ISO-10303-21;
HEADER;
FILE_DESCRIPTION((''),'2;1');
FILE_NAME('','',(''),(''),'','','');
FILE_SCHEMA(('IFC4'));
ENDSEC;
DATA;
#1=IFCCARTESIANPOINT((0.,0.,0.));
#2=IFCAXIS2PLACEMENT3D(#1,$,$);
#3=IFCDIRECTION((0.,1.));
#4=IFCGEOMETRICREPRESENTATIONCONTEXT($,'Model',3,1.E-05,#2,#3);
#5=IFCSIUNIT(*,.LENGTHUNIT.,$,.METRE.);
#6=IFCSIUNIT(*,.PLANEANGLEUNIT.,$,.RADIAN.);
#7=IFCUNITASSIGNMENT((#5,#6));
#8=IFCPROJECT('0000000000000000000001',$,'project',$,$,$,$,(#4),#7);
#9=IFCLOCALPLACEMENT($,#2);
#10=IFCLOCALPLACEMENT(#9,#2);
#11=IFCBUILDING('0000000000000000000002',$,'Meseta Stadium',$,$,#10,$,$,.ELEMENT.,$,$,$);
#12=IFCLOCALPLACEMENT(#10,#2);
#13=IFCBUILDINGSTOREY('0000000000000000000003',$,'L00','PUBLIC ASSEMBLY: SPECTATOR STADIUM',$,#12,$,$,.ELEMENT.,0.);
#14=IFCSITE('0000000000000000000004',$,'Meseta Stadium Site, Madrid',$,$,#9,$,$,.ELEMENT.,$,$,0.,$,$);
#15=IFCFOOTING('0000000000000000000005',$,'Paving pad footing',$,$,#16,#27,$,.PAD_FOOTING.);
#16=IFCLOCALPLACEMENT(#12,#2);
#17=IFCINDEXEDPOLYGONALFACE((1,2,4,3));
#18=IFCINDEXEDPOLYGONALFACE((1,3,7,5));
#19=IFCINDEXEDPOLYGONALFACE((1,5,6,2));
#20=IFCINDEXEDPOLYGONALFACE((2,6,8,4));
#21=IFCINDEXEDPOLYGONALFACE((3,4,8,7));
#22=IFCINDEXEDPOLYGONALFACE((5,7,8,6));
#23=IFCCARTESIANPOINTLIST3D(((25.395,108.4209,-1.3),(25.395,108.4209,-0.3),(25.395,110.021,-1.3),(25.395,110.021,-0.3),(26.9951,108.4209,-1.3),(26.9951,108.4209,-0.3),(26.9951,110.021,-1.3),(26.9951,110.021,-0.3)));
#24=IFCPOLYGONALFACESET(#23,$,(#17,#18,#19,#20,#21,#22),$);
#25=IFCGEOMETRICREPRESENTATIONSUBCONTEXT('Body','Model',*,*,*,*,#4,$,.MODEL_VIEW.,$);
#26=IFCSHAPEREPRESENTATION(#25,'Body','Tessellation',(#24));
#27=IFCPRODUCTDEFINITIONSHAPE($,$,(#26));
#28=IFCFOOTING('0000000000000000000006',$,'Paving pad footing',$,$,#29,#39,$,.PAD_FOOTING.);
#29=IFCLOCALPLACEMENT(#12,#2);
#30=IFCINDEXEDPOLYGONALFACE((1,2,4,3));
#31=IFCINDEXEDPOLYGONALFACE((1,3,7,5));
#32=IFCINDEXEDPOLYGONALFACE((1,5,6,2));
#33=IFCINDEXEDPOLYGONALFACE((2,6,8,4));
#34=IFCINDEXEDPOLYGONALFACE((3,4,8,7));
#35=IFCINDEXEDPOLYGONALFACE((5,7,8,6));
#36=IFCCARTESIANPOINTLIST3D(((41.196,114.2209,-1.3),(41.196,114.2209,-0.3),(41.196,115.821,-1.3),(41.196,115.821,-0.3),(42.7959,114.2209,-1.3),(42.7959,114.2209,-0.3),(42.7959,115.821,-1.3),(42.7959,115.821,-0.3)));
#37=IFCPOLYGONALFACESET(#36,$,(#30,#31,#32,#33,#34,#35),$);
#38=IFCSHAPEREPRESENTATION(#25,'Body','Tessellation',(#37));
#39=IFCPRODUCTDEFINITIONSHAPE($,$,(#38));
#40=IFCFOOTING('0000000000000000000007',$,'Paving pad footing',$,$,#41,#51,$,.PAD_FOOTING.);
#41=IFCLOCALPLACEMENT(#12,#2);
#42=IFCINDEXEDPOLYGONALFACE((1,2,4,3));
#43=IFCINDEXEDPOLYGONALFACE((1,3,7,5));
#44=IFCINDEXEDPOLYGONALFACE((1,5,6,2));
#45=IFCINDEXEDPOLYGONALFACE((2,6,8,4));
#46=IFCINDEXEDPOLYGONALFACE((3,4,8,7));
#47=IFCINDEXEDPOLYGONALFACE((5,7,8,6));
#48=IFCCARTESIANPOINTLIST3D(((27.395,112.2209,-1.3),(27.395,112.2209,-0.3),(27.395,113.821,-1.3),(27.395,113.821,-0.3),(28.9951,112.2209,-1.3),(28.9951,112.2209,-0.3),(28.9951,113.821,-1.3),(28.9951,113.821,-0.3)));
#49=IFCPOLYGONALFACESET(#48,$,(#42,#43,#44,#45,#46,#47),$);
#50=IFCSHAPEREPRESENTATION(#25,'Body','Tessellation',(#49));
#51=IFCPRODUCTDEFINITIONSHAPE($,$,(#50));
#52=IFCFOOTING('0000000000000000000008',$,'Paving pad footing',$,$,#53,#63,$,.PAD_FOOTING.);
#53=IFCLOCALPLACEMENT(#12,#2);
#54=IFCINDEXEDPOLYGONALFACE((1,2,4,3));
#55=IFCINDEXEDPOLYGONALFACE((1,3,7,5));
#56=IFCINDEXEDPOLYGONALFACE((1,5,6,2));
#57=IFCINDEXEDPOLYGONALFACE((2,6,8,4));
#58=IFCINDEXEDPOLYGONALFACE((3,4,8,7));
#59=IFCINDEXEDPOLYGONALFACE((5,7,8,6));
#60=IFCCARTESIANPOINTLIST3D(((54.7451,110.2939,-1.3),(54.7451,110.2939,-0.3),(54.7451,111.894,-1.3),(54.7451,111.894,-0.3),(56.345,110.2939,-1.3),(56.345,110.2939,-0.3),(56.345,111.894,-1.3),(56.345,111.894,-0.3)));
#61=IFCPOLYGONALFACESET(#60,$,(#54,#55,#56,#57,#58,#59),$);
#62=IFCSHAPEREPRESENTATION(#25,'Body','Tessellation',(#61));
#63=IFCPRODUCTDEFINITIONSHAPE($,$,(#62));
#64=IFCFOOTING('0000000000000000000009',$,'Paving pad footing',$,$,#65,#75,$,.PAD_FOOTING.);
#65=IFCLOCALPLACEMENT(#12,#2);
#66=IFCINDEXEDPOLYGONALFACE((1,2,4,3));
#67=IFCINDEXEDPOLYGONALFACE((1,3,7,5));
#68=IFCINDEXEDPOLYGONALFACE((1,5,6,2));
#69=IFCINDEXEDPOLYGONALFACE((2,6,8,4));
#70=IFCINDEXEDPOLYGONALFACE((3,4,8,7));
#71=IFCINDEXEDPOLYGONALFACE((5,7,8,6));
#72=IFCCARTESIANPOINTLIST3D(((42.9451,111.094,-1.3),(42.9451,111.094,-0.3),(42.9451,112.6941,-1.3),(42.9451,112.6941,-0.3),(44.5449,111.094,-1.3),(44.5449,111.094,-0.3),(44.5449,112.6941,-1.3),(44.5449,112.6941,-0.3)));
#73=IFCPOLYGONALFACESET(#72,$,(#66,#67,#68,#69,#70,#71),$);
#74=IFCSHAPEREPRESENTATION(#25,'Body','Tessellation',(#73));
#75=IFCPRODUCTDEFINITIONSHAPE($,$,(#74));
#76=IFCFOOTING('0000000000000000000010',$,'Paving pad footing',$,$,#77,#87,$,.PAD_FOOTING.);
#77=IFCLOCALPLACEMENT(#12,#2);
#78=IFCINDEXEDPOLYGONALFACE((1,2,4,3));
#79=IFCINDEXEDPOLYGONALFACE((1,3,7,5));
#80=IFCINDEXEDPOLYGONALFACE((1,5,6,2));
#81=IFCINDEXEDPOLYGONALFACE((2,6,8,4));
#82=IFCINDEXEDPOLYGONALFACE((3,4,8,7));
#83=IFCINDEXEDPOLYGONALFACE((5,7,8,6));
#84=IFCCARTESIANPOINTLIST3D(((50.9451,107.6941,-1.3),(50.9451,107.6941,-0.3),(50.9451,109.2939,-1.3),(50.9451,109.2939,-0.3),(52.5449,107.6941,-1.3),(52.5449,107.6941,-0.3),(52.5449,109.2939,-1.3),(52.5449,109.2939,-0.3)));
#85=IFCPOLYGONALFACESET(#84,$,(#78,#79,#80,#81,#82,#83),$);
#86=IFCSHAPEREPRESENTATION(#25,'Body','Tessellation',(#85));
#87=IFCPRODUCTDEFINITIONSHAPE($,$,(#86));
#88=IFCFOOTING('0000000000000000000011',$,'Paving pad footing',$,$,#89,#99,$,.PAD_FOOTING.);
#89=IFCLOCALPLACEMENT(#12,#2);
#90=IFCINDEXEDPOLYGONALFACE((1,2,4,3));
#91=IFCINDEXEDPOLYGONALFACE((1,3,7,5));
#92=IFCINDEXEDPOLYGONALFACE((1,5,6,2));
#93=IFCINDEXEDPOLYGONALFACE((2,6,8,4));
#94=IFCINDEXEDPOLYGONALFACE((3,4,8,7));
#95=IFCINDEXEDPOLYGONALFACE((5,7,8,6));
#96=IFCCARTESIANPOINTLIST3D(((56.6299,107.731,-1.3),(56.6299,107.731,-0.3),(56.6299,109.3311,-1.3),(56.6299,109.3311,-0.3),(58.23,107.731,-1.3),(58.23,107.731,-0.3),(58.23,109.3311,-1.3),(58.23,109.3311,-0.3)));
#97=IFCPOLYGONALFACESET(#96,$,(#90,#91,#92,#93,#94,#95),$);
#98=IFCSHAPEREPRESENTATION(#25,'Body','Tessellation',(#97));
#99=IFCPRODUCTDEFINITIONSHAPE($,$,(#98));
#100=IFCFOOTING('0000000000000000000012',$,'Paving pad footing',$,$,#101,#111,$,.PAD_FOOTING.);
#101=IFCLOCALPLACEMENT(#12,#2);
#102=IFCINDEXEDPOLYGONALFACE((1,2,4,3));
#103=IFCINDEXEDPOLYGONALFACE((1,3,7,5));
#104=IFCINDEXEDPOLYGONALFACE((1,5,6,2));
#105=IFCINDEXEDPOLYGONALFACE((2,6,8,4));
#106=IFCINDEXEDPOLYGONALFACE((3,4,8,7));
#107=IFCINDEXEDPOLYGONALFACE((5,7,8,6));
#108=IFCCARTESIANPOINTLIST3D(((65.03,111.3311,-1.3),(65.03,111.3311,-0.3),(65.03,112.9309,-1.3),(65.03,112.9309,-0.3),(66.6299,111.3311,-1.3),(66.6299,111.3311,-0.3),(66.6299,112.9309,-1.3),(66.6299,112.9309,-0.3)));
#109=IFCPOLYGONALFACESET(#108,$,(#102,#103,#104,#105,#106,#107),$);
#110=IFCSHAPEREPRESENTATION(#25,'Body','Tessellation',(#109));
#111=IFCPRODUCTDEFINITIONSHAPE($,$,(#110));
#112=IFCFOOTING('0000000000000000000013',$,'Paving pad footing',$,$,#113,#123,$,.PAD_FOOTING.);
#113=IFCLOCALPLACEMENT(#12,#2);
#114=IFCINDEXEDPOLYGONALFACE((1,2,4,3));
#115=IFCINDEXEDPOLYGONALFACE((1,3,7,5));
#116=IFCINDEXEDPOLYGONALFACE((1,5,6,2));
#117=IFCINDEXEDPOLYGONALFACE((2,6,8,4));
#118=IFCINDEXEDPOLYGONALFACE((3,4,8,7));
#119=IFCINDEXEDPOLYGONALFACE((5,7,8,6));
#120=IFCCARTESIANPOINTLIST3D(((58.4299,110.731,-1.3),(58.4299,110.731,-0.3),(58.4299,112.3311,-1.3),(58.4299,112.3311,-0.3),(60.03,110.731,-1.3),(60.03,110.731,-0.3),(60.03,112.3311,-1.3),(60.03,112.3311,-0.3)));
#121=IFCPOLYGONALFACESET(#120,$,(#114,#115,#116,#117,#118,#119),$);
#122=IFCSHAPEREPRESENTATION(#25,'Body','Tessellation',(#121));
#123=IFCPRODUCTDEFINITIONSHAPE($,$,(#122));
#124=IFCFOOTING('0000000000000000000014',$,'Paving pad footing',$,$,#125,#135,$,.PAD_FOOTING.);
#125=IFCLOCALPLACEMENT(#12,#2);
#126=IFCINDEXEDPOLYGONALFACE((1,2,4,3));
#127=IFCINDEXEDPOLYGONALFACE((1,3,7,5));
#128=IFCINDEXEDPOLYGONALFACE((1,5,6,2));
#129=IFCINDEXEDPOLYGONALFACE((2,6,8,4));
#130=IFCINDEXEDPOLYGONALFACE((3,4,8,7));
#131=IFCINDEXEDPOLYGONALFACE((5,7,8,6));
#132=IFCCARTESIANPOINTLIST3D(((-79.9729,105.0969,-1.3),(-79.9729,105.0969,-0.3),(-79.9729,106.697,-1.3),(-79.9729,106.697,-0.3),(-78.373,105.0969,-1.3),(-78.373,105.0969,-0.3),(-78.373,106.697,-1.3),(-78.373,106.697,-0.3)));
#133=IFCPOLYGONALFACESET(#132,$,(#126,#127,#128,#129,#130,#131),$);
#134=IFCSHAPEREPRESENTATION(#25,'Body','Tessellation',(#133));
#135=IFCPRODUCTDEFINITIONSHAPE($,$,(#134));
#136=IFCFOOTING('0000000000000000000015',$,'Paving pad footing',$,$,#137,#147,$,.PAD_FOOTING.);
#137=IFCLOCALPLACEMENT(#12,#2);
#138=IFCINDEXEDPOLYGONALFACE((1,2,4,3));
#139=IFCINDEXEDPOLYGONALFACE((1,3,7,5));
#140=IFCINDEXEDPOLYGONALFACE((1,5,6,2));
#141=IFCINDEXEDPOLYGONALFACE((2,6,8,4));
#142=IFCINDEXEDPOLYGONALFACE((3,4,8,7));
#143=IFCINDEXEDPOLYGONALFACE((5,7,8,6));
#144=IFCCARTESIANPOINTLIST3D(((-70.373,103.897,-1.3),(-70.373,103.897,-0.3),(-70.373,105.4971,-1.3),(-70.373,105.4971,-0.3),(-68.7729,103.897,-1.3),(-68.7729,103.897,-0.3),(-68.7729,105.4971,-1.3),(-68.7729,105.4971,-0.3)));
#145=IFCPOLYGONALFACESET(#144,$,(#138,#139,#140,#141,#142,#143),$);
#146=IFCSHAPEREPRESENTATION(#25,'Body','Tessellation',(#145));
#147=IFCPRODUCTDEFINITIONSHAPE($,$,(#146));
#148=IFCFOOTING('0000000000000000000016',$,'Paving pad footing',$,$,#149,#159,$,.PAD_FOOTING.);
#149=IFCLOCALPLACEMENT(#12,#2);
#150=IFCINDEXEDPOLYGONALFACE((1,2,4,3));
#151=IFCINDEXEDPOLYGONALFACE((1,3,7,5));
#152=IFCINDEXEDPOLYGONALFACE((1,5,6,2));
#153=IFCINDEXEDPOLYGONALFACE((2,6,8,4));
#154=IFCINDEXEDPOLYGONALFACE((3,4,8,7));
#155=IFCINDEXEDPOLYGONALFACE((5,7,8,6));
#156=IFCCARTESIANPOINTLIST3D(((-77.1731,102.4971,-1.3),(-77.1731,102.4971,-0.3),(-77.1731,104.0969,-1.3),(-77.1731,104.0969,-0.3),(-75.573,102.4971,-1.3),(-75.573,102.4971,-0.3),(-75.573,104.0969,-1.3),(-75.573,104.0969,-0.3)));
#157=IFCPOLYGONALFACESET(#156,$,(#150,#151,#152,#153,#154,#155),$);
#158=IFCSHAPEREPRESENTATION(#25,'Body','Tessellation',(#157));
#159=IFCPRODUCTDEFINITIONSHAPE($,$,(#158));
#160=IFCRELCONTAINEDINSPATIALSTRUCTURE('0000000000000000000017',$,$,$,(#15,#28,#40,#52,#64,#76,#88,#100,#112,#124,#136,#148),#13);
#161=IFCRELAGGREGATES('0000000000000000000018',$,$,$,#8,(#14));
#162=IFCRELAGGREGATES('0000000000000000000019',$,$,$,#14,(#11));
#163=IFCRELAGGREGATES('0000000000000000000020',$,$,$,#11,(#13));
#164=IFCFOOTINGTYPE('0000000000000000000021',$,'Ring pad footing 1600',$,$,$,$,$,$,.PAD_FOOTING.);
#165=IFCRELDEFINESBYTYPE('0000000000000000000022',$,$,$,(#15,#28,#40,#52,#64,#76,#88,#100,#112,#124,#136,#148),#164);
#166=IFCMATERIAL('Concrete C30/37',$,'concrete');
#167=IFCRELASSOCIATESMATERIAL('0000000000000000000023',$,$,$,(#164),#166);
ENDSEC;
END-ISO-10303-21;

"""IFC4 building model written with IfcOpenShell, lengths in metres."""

from ifc_helpers import new_model, si_unit, direction, frame, origin, place, context, subcontext, project, spatial, polyline, outline, extrude, material, type_object, element, save


model = new_model("IFC4")

# Units and contexts
model_context = context("Model", 3, precision=1e-05, world=origin(), true_north=direction((0.0, 1.0)))
body_context = subcontext(model_context, "Body", "Model", "MODEL_VIEW")
ifc_project = project(units=[si_unit("LENGTHUNIT", "METRE"), si_unit("PLANEANGLEUNIT", "RADIAN")], contexts=[model_context])

# Site, building, storey
site_placement = place(None, origin())
site = spatial("IfcSite", under=ifc_project, at=site_placement, Name="Meseta Stadium Site, Madrid", CompositionType="ELEMENT", RefElevation=0.0)
building_placement = place(site_placement, origin())
building = spatial("IfcBuilding", under=site, at=building_placement, Name="Meseta Stadium", CompositionType="ELEMENT")
storey_placement = place(building_placement, origin())
storey = spatial("IfcBuildingStorey", under=building, at=storey_placement, Name="L00", Description="PUBLIC ASSEMBLY: SPECTATOR STADIUM", CompositionType="ELEMENT", Elevation=0.0)

# Footings
ifc_material_1 = material(Name="Concrete C30/37", Category="concrete")
footing_type = type_object("IfcFootingType", Name="Ring pad footing 1600", PredefinedType="PAD_FOOTING", material=ifc_material_1)
footing_1_placement = place(storey_placement, frame((0.0, 0.0, -1.3)))
element("IfcFooting", 1, at=footing_1_placement, inside=storey, type_object=footing_type, Name="Paving pad footing", PredefinedType="PAD_FOOTING", context=body_context, shape_type="SweptSolid", body=[
    extrude(outline(polyline([(26.9951, 108.4209), (26.9951, 110.021), (25.395, 110.021), (25.395, 108.4209), (26.9951, 108.4209)])), origin(), (0.0, 0.0, 1.0), 1.0),
])
footing_2_placement = place(storey_placement, frame((0.0, 0.0, -1.3)))
element("IfcFooting", 2, at=footing_2_placement, inside=storey, type_object=footing_type, Name="Paving pad footing", PredefinedType="PAD_FOOTING", context=body_context, shape_type="SweptSolid", body=[
    extrude(outline(polyline([(42.7959, 114.2209), (42.7959, 115.821), (41.196, 115.821), (41.196, 114.2209), (42.7959, 114.2209)])), origin(), (0.0, 0.0, 1.0), 1.0),
])
footing_3_placement = place(storey_placement, frame((0.0, 0.0, -1.3)))
element("IfcFooting", 3, at=footing_3_placement, inside=storey, type_object=footing_type, Name="Paving pad footing", PredefinedType="PAD_FOOTING", context=body_context, shape_type="SweptSolid", body=[
    extrude(outline(polyline([(28.9951, 112.2209), (28.9951, 113.821), (27.395, 113.821), (27.395, 112.2209), (28.9951, 112.2209)])), origin(), (0.0, 0.0, 1.0), 1.0),
])
footing_4_placement = place(storey_placement, frame((0.0, 0.0, -1.3)))
element("IfcFooting", 4, at=footing_4_placement, inside=storey, type_object=footing_type, Name="Paving pad footing", PredefinedType="PAD_FOOTING", context=body_context, shape_type="SweptSolid", body=[
    extrude(outline(polyline([(56.345, 110.2939), (56.345, 111.894), (54.7451, 111.894), (54.7451, 110.2939), (56.345, 110.2939)])), origin(), (0.0, 0.0, 1.0), 1.0),
])
footing_5_placement = place(storey_placement, frame((0.0, 0.0, -1.3)))
element("IfcFooting", 5, at=footing_5_placement, inside=storey, type_object=footing_type, Name="Paving pad footing", PredefinedType="PAD_FOOTING", context=body_context, shape_type="SweptSolid", body=[
    extrude(outline(polyline([(44.5449, 111.094), (44.5449, 112.6941), (42.9451, 112.6941), (42.9451, 111.094), (44.5449, 111.094)])), origin(), (0.0, 0.0, 1.0), 1.0),
])
footing_6_placement = place(storey_placement, frame((0.0, 0.0, -1.3)))
element("IfcFooting", 6, at=footing_6_placement, inside=storey, type_object=footing_type, Name="Paving pad footing", PredefinedType="PAD_FOOTING", context=body_context, shape_type="SweptSolid", body=[
    extrude(outline(polyline([(52.5449, 107.6941), (52.5449, 109.2939), (50.9451, 109.2939), (50.9451, 107.6941), (52.5449, 107.6941)])), origin(), (0.0, 0.0, 1.0), 1.0),
])
footing_7_placement = place(storey_placement, frame((0.0, 0.0, -1.3)))
element("IfcFooting", 7, at=footing_7_placement, inside=storey, type_object=footing_type, Name="Paving pad footing", PredefinedType="PAD_FOOTING", context=body_context, shape_type="SweptSolid", body=[
    extrude(outline(polyline([(58.23, 107.731), (58.23, 109.3311), (56.6299, 109.3311), (56.6299, 107.731), (58.23, 107.731)])), origin(), (0.0, 0.0, 1.0), 1.0),
])
footing_8_placement = place(storey_placement, frame((0.0, 0.0, -1.3)))
element("IfcFooting", 8, at=footing_8_placement, inside=storey, type_object=footing_type, Name="Paving pad footing", PredefinedType="PAD_FOOTING", context=body_context, shape_type="SweptSolid", body=[
    extrude(outline(polyline([(66.6299, 111.3311), (66.6299, 112.9309), (65.03, 112.9309), (65.03, 111.3311), (66.6299, 111.3311)])), origin(), (0.0, 0.0, 1.0), 1.0),
])
footing_9_placement = place(storey_placement, frame((0.0, 0.0, -1.3)))
element("IfcFooting", 9, at=footing_9_placement, inside=storey, type_object=footing_type, Name="Paving pad footing", PredefinedType="PAD_FOOTING", context=body_context, shape_type="SweptSolid", body=[
    extrude(outline(polyline([(60.03, 110.731), (60.03, 112.3311), (58.4299, 112.3311), (58.4299, 110.731), (60.03, 110.731)])), origin(), (0.0, 0.0, 1.0), 1.0),
])
footing_10_placement = place(storey_placement, frame((0.0, 0.0, -1.3)))
element("IfcFooting", 10, at=footing_10_placement, inside=storey, type_object=footing_type, Name="Paving pad footing", PredefinedType="PAD_FOOTING", context=body_context, shape_type="SweptSolid", body=[
    extrude(outline(polyline([(-78.373, 105.0969), (-78.373, 106.697), (-79.9729, 106.697), (-79.9729, 105.0969), (-78.373, 105.0969)])), origin(), (0.0, 0.0, 1.0), 1.0),
])
footing_11_placement = place(storey_placement, frame((0.0, 0.0, -1.3)))
element("IfcFooting", 11, at=footing_11_placement, inside=storey, type_object=footing_type, Name="Paving pad footing", PredefinedType="PAD_FOOTING", context=body_context, shape_type="SweptSolid", body=[
    extrude(outline(polyline([(-68.7729, 103.897), (-68.7729, 105.4971), (-70.373, 105.4971), (-70.373, 103.897), (-68.7729, 103.897)])), origin(), (0.0, 0.0, 1.0), 1.0),
])
footing_12_placement = place(storey_placement, frame((0.0, 0.0, -1.3)))
element("IfcFooting", 12, at=footing_12_placement, inside=storey, type_object=footing_type, Name="Paving pad footing", PredefinedType="PAD_FOOTING", context=body_context, shape_type="SweptSolid", body=[
    extrude(outline(polyline([(-75.573, 102.4971), (-75.573, 104.0969), (-77.1731, 104.0969), (-77.1731, 102.4971), (-75.573, 102.4971)])), origin(), (0.0, 0.0, 1.0), 1.0),
])

save(model, "model.ifc")
